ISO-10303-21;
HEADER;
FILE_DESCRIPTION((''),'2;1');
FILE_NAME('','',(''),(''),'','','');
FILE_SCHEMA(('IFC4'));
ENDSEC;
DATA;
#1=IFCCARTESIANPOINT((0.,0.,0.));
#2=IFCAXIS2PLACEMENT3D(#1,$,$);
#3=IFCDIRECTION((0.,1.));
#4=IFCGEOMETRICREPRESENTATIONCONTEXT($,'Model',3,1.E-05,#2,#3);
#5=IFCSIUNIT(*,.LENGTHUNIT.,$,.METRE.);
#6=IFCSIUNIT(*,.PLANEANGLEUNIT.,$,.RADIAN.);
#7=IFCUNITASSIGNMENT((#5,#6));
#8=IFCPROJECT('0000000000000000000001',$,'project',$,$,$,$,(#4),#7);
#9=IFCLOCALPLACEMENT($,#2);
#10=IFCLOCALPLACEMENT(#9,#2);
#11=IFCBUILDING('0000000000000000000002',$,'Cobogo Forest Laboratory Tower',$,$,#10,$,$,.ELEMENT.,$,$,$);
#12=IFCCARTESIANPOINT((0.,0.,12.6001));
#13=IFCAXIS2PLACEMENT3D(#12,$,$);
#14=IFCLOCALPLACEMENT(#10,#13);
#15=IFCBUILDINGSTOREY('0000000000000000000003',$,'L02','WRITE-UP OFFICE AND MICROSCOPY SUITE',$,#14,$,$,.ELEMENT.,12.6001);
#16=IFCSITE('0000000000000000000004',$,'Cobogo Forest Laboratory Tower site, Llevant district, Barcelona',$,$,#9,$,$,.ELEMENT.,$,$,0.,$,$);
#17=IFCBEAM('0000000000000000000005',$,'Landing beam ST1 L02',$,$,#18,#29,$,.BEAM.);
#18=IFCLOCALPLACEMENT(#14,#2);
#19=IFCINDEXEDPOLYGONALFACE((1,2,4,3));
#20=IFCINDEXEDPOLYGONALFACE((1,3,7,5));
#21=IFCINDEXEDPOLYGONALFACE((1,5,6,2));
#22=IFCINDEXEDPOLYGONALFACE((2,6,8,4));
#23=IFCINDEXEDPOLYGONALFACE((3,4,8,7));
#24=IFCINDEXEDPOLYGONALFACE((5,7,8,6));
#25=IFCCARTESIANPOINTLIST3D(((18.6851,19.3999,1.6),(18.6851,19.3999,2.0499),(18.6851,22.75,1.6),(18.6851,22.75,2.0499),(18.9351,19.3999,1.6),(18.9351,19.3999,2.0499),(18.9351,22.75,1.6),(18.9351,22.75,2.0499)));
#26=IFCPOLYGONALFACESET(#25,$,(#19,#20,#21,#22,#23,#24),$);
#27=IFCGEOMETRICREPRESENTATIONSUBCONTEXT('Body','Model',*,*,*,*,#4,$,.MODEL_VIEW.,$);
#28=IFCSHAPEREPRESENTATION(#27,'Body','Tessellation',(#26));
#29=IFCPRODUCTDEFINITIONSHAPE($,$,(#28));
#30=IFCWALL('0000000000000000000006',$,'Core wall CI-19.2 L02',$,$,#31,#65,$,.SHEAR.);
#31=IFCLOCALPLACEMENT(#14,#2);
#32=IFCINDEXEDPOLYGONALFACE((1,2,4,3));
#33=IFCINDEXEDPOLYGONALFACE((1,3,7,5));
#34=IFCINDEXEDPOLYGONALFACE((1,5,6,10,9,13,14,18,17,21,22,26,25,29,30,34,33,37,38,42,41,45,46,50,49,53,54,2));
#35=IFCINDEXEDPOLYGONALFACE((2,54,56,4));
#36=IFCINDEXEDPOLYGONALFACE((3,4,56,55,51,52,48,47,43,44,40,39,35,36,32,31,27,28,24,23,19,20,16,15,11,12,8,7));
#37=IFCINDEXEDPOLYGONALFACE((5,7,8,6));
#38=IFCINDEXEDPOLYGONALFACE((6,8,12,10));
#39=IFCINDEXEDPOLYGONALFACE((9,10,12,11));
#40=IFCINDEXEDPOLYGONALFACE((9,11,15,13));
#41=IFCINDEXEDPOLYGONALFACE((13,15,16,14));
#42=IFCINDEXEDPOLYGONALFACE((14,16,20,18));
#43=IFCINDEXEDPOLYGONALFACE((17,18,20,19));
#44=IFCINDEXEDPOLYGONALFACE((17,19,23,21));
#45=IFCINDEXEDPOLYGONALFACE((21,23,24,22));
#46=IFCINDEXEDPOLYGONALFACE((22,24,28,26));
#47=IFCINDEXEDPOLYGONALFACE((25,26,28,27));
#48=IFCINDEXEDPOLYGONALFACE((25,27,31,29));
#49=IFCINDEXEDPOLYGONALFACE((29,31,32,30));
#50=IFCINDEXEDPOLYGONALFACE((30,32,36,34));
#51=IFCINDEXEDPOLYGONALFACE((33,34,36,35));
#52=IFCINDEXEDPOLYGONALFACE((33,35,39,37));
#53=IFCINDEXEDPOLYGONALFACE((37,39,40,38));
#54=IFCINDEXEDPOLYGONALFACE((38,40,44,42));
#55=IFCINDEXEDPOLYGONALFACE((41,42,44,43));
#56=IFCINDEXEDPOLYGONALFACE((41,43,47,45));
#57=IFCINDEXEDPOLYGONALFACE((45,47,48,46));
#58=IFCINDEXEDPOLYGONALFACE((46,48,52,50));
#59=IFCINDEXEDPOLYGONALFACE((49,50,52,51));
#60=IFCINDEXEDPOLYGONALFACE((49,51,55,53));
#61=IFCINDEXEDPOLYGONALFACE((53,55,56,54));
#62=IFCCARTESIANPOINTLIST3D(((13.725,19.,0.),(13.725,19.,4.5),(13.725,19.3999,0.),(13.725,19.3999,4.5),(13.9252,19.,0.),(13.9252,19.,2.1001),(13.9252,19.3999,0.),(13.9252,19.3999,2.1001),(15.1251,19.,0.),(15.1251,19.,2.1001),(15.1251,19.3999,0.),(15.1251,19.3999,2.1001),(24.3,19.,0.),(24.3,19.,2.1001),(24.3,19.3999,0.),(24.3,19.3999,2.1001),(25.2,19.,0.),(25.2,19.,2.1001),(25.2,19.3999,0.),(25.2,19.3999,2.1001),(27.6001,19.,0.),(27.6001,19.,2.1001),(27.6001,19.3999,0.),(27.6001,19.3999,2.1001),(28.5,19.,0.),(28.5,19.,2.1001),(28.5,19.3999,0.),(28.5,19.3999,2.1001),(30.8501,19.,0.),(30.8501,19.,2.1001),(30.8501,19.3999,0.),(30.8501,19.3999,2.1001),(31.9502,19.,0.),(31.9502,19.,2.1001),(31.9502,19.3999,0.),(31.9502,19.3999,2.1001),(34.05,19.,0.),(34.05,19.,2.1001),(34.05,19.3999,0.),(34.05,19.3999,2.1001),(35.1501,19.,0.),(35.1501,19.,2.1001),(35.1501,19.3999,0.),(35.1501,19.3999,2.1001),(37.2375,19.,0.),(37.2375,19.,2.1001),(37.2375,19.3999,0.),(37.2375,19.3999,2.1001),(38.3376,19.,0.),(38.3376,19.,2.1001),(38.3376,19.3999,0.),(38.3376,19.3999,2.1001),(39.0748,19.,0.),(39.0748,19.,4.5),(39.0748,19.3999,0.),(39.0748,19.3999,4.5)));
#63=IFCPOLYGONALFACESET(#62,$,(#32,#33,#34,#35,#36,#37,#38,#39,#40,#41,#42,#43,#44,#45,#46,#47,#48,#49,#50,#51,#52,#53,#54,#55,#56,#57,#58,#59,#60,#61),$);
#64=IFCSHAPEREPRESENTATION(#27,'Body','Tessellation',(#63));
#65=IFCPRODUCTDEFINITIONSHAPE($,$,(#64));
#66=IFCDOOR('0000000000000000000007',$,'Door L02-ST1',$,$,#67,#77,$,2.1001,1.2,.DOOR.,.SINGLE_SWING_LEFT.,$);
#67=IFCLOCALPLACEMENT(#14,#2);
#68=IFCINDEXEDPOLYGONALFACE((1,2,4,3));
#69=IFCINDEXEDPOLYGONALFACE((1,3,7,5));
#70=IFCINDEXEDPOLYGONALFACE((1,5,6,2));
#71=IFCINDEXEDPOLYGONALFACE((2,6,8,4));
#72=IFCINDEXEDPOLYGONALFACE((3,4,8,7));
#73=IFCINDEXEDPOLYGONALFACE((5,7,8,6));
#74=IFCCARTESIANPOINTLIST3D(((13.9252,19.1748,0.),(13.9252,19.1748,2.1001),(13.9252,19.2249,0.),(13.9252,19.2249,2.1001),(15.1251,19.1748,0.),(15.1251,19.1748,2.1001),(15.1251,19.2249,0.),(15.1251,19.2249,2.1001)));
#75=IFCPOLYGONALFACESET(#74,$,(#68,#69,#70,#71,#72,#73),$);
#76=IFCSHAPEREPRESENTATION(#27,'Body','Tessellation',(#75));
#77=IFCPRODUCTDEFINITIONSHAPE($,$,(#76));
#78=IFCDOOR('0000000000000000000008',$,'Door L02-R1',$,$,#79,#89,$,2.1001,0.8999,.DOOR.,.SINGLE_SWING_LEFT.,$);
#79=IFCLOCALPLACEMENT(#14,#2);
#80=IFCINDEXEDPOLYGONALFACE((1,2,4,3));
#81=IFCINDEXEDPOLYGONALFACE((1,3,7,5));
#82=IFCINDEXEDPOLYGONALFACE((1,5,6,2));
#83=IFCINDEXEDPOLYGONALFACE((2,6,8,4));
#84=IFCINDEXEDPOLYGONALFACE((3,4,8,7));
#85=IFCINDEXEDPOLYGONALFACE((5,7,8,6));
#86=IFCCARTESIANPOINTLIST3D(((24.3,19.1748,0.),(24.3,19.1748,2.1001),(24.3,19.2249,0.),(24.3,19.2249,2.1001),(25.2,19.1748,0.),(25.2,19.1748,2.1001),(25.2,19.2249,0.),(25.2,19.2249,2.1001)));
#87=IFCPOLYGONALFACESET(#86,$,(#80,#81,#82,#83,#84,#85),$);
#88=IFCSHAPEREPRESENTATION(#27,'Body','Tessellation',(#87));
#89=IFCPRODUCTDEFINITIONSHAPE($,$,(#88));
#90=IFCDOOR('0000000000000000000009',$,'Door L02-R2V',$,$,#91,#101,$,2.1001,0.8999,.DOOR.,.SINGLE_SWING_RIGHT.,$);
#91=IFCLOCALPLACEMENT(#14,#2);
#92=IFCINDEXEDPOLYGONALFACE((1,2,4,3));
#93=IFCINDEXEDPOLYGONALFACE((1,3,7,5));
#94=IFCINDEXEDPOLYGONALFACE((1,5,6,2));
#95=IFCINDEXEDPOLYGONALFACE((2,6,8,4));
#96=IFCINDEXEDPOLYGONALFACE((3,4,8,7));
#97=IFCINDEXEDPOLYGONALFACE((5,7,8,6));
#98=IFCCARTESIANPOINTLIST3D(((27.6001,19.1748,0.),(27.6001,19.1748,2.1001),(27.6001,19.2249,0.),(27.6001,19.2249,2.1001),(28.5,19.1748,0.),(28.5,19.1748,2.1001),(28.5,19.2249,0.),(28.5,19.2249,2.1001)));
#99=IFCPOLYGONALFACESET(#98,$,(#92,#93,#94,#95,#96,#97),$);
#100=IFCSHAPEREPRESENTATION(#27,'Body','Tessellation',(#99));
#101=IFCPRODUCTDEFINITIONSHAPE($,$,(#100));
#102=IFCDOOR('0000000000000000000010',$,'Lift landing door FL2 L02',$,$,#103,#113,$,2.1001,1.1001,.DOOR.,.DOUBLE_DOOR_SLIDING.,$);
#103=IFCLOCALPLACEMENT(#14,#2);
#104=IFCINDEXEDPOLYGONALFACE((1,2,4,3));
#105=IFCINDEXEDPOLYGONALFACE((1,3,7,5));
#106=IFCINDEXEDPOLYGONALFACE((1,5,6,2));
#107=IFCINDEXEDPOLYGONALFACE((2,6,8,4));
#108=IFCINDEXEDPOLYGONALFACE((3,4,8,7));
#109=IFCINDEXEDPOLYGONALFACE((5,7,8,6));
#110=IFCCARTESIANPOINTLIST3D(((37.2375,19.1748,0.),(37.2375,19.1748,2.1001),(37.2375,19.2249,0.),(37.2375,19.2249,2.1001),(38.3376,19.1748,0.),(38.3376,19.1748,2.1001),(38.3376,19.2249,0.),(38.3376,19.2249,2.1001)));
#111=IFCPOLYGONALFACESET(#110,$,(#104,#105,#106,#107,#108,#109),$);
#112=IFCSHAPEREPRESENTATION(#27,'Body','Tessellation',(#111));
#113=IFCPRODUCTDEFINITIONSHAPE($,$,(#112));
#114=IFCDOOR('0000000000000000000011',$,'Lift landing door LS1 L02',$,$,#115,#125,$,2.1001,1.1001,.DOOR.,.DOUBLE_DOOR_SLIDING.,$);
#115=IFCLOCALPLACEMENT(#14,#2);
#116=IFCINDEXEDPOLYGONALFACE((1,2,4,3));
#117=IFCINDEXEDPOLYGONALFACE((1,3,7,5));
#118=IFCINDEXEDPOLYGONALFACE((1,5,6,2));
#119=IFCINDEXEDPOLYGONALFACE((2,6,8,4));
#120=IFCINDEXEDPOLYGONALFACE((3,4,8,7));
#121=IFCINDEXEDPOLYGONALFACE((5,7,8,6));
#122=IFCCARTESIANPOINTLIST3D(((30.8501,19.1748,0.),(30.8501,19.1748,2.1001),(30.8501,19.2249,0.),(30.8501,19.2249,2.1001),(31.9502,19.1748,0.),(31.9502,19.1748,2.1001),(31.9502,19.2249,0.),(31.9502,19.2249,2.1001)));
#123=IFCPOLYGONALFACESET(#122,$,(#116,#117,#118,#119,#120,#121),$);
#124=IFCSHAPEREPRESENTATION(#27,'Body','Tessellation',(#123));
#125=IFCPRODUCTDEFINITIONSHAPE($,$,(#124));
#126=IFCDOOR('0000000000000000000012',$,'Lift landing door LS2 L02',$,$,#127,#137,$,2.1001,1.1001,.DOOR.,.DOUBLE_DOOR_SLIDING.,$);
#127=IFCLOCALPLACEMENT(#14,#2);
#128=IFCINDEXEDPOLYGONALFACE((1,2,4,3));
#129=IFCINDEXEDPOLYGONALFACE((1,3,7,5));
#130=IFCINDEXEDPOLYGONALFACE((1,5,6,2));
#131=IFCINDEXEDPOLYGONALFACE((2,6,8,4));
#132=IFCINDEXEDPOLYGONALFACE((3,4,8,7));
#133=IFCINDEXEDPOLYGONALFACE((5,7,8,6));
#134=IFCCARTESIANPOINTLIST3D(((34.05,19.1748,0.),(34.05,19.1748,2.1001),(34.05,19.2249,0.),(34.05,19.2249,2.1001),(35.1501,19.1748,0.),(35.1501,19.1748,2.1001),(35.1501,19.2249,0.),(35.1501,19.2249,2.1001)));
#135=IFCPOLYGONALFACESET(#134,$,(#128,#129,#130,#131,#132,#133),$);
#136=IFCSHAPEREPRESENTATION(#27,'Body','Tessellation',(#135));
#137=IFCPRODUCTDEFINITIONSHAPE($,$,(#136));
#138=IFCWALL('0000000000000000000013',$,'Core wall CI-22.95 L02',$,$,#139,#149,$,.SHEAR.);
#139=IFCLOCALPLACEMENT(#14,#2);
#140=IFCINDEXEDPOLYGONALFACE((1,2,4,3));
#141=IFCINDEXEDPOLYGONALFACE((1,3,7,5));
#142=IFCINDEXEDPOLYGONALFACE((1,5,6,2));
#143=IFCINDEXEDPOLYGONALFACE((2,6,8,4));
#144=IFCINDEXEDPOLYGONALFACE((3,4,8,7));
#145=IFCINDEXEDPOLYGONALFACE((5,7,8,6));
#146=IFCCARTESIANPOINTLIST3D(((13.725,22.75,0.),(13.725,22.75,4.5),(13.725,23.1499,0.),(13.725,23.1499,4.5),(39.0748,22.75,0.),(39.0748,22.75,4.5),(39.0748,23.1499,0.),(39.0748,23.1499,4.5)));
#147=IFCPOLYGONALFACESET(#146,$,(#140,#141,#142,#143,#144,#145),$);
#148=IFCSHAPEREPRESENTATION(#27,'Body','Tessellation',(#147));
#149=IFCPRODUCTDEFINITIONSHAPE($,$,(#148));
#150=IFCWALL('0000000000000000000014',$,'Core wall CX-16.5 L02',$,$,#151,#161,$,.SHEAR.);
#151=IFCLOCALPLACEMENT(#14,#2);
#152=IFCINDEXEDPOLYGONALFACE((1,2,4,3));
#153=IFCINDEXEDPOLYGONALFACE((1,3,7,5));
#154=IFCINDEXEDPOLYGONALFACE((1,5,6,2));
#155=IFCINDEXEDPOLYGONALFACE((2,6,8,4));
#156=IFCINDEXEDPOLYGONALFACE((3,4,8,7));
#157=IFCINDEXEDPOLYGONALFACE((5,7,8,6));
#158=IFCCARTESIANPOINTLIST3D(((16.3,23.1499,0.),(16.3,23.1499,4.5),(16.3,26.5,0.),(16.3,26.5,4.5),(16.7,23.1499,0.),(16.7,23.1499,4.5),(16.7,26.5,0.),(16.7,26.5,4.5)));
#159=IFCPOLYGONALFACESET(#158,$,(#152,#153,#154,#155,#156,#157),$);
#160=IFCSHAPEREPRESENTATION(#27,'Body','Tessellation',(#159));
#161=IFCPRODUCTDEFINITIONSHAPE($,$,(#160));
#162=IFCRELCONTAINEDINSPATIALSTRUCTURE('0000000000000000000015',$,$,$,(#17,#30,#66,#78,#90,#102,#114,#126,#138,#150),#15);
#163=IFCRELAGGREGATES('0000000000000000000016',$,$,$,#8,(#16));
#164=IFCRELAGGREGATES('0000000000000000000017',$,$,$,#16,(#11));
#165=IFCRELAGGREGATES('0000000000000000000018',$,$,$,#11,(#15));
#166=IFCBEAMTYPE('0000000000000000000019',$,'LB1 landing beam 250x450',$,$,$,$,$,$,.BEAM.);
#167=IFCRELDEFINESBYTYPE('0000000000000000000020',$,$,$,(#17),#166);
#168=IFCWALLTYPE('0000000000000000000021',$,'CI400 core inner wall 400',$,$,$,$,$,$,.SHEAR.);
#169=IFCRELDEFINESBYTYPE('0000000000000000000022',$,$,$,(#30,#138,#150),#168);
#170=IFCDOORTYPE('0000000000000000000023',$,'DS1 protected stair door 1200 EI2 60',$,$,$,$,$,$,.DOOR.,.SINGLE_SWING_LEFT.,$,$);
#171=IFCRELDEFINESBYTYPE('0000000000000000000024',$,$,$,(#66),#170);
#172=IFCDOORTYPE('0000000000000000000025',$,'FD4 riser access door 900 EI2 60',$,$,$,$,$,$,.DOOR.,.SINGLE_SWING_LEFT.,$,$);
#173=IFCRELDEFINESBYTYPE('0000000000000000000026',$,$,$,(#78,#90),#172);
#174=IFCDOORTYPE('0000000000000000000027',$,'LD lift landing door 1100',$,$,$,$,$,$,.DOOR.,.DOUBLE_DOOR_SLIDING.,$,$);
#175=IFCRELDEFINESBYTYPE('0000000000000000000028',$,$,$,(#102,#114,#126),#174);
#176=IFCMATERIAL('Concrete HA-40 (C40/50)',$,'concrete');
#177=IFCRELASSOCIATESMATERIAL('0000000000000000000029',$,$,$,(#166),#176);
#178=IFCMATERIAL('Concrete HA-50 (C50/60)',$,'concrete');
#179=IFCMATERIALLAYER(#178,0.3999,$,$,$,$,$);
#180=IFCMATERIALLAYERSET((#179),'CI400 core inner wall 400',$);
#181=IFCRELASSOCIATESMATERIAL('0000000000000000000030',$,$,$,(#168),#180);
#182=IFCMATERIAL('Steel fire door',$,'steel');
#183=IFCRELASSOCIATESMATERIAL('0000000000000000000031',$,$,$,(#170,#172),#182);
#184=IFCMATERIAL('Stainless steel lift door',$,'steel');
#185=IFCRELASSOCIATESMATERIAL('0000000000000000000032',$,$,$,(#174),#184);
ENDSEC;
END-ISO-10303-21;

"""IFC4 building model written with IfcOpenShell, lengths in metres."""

from ifc_helpers import new_model, si_unit, direction, frame, frame_2d, origin, origin_2d, place, context, subcontext, project, spatial, rectangle, extrude, material, layer, layer_set, material_profile, profile_set, type_object, element, fill, save


model = new_model("IFC4")

# Units and contexts
model_context = context("Model", 3, precision=1e-05, world=origin(), true_north=direction((0.0, 1.0)))
body_context = subcontext(model_context, "Body", "Model", "MODEL_VIEW")
ifc_project = project(units=[si_unit("LENGTHUNIT", "METRE"), si_unit("PLANEANGLEUNIT", "RADIAN")], contexts=[model_context])

# Site, building, storey
site_placement = place(None, origin())
site = spatial("IfcSite", under=ifc_project, at=site_placement, Name="Cobogo Forest Laboratory Tower site, Llevant district, Barcelona", CompositionType="ELEMENT", RefElevation=0.0)
building_placement = place(site_placement, origin())
building = spatial("IfcBuilding", under=site, at=building_placement, Name="Cobogo Forest Laboratory Tower", CompositionType="ELEMENT")
storey_placement = place(building_placement, frame((0.0, 0.0, 12.6001)))
storey = spatial("IfcBuildingStorey", under=building, at=storey_placement, Name="L02", Description="WRITE-UP OFFICE AND MICROSCOPY SUITE", CompositionType="ELEMENT", Elevation=12.6001)

# Beam
ifc_material_1 = material(Name="Concrete HA-40 (C40/50)", Category="concrete")
ifc_material_profile = material_profile(ifc_material_1, rectangle(XDim=0.25, YDim=0.45, at=origin_2d()), Name="RC 250x450")
ifc_profile_set = profile_set([ifc_material_profile], Name="Concrete HA-40 (C40/50)")
beam_type = type_object("IfcBeamType", Name="LB1 landing beam 250x450", PredefinedType="BEAM", material=ifc_profile_set)
beam_placement = place(storey_placement, frame((18.8101, 19.3999, 1.825), z_axis=(0.0, 1.0, 0.0), x_axis=(-1.0, 0.0, 0.0)))
element("IfcBeam", 1, at=beam_placement, inside=storey, type_object=beam_type, Name="Landing beam ST1 L02", PredefinedType="BEAM", context=body_context, shape_type="SweptSolid", body=[
    extrude(rectangle(XDim=0.25, YDim=0.45, at=origin_2d()), origin(), (0.0, 0.0, 1.0), 3.3501),
])

# Wall, openings, doors
ifc_material_2 = material(Name="Concrete HA-50 (C50/60)", Category="concrete")
ifc_layer_1 = layer(ifc_material_2, 0.3999)
ifc_layer_set_1 = layer_set([ifc_layer_1], Name="CI400 core inner wall 400")
wall_type_1 = type_object("IfcWallType", Name="CI400 core inner wall 400", PredefinedType="SHEAR", material=ifc_layer_set_1)
wall_1_placement = place(storey_placement, frame((13.7251, 19.2, 0.0), z_axis=(0.0, 0.0, 1.0), x_axis=(1.0, 0.0, 0.0)))
wall_1 = element("IfcWall", 2, at=wall_1_placement, inside=storey, type_object=wall_type_1, Name="Core wall CI-19.2 L02", PredefinedType="SHEAR", context=body_context, shape_type="SweptSolid", body=[
    extrude(rectangle(XDim=25.3499, YDim=0.3999, at=frame_2d((12.6748, 0.0))), origin(), (0.0, 0.0, 1.0), 4.5),
])
opening_1_placement = place(wall_1_placement, frame((10.575, 0.0, 0.0)))
opening_1 = element("IfcOpeningElement", 3, at=opening_1_placement, cuts=wall_1, PredefinedType="OPENING", context=body_context, shape_type="SweptSolid", body=[
    extrude(rectangle(XDim=0.8999, YDim=2.1001, at=frame_2d((0.45, 1.05))), frame((0.0, 0.21, 0.0), z_axis=(0.0, -1.0, 0.0), x_axis=(1.0, 0.0, 0.0)), (0.0, 0.0, 1.0), 0.4199),
])
opening_2_placement = place(wall_1_placement, frame((13.875, 0.0, 0.0)))
opening_2 = element("IfcOpeningElement", 4, at=opening_2_placement, cuts=wall_1, PredefinedType="OPENING", context=body_context, shape_type="SweptSolid", body=[
    extrude(rectangle(XDim=0.8999, YDim=2.1001, at=frame_2d((0.45, 1.05))), frame((0.0, 0.21, 0.0), z_axis=(0.0, -1.0, 0.0), x_axis=(1.0, 0.0, 0.0)), (0.0, 0.0, 1.0), 0.4199),
])
opening_3_placement = place(wall_1_placement, frame((0.2, 0.0, 0.0)))
opening_3 = element("IfcOpeningElement", 5, at=opening_3_placement, cuts=wall_1, PredefinedType="OPENING", context=body_context, shape_type="SweptSolid", body=[
    extrude(rectangle(XDim=1.2, YDim=2.1001, at=frame_2d((0.6001, 1.05))), frame((0.0, 0.21, 0.0), z_axis=(0.0, -1.0, 0.0), x_axis=(1.0, 0.0, 0.0)), (0.0, 0.0, 1.0), 0.4199),
])
opening_4_placement = place(wall_1_placement, frame((23.5125, 0.0, 0.0)))
opening_4 = element("IfcOpeningElement", 6, at=opening_4_placement, cuts=wall_1, PredefinedType="OPENING", context=body_context, shape_type="SweptSolid", body=[
    extrude(rectangle(XDim=1.1001, YDim=2.1001, at=frame_2d((0.55, 1.05))), frame((0.0, 0.21, 0.0), z_axis=(0.0, -1.0, 0.0), x_axis=(1.0, 0.0, 0.0)), (0.0, 0.0, 1.0), 0.4199),
])
opening_5_placement = place(wall_1_placement, frame((17.125, 0.0, 0.0)))
opening_5 = element("IfcOpeningElement", 7, at=opening_5_placement, cuts=wall_1, PredefinedType="OPENING", context=body_context, shape_type="SweptSolid", body=[
    extrude(rectangle(XDim=1.1001, YDim=2.1001, at=frame_2d((0.55, 1.05))), frame((0.0, 0.21, 0.0), z_axis=(0.0, -1.0, 0.0), x_axis=(1.0, 0.0, 0.0)), (0.0, 0.0, 1.0), 0.4199),
])
opening_6_placement = place(wall_1_placement, frame((20.325, 0.0, 0.0)))
opening_6 = element("IfcOpeningElement", 8, at=opening_6_placement, cuts=wall_1, PredefinedType="OPENING", context=body_context, shape_type="SweptSolid", body=[
    extrude(rectangle(XDim=1.1001, YDim=2.1001, at=frame_2d((0.55, 1.05))), frame((0.0, 0.21, 0.0), z_axis=(0.0, -1.0, 0.0), x_axis=(1.0, 0.0, 0.0)), (0.0, 0.0, 1.0), 0.4199),
])
ifc_material_3 = material(Name="Steel fire door", Category="steel")
door_type_1 = type_object("IfcDoorType", Name="DS1 protected stair door 1200 EI2 60", OperationType="SINGLE_SWING_LEFT", PredefinedType="DOOR", material=ifc_material_3)
door_1_placement = place(opening_3_placement, origin())
door_1 = element("IfcDoor", 9, at=door_1_placement, inside=storey, type_object=door_type_1, Name="Door L02-ST1", OperationType="SINGLE_SWING_LEFT", OverallHeight=2.1001, OverallWidth=1.2, PredefinedType="DOOR", context=body_context, shape_type="SweptSolid", body=[
    extrude(rectangle(XDim=1.2, YDim=2.1001, at=frame_2d((0.6001, 1.05))), frame((0.0, 0.0249, 0.0), z_axis=(0.0, -1.0, 0.0), x_axis=(1.0, 0.0, 0.0)), (0.0, 0.0, 1.0), 0.05),
])
fill(opening_3, door_1)
door_type_2 = type_object("IfcDoorType", Name="FD4 riser access door 900 EI2 60", OperationType="SINGLE_SWING_LEFT", PredefinedType="DOOR", material=ifc_material_3)
door_2_placement = place(opening_1_placement, origin())
door_2 = element("IfcDoor", 10, at=door_2_placement, inside=storey, type_object=door_type_2, Name="Door L02-R1", OperationType="SINGLE_SWING_LEFT", OverallHeight=2.1001, OverallWidth=0.8999, PredefinedType="DOOR", context=body_context, shape_type="SweptSolid", body=[
    extrude(rectangle(XDim=0.8999, YDim=2.1001, at=frame_2d((0.45, 1.05))), frame((0.0, 0.0249, 0.0), z_axis=(0.0, -1.0, 0.0), x_axis=(1.0, 0.0, 0.0)), (0.0, 0.0, 1.0), 0.05),
])
fill(opening_1, door_2)
door_3_placement = place(opening_2_placement, origin())
door_3 = element("IfcDoor", 11, at=door_3_placement, inside=storey, type_object=door_type_2, Name="Door L02-R2V", OperationType="SINGLE_SWING_RIGHT", OverallHeight=2.1001, OverallWidth=0.8999, PredefinedType="DOOR", context=body_context, shape_type="SweptSolid", body=[
    extrude(rectangle(XDim=0.8999, YDim=2.1001, at=frame_2d((0.45, 1.05))), frame((0.0, 0.0249, 0.0), z_axis=(0.0, -1.0, 0.0), x_axis=(1.0, 0.0, 0.0)), (0.0, 0.0, 1.0), 0.05),
])
fill(opening_2, door_3)
ifc_material_4 = material(Name="Stainless steel lift door", Category="steel")
door_type_3 = type_object("IfcDoorType", Name="LD lift landing door 1100", OperationType="DOUBLE_DOOR_SLIDING", PredefinedType="DOOR", material=ifc_material_4)
door_4_placement = place(opening_4_placement, origin())
door_4 = element("IfcDoor", 12, at=door_4_placement, inside=storey, type_object=door_type_3, Name="Lift landing door FL2 L02", OperationType="DOUBLE_DOOR_SLIDING", OverallHeight=2.1001, OverallWidth=1.1001, PredefinedType="DOOR", context=body_context, shape_type="SweptSolid", body=[
    extrude(rectangle(XDim=1.1001, YDim=2.1001, at=frame_2d((0.55, 1.05))), frame((0.0, 0.0249, 0.0), z_axis=(0.0, -1.0, 0.0), x_axis=(1.0, 0.0, 0.0)), (0.0, 0.0, 1.0), 0.05),
])
fill(opening_4, door_4)
door_5_placement = place(opening_5_placement, origin())
door_5 = element("IfcDoor", 13, at=door_5_placement, inside=storey, type_object=door_type_3, Name="Lift landing door LS1 L02", OperationType="DOUBLE_DOOR_SLIDING", OverallHeight=2.1001, OverallWidth=1.1001, PredefinedType="DOOR", context=body_context, shape_type="SweptSolid", body=[
    extrude(rectangle(XDim=1.1001, YDim=2.1001, at=frame_2d((0.55, 1.05))), frame((0.0, 0.0249, 0.0), z_axis=(0.0, -1.0, 0.0), x_axis=(1.0, 0.0, 0.0)), (0.0, 0.0, 1.0), 0.05),
])
fill(opening_5, door_5)
door_6_placement = place(opening_6_placement, origin())
door_6 = element("IfcDoor", 14, at=door_6_placement, inside=storey, type_object=door_type_3, Name="Lift landing door LS2 L02", OperationType="DOUBLE_DOOR_SLIDING", OverallHeight=2.1001, OverallWidth=1.1001, PredefinedType="DOOR", context=body_context, shape_type="SweptSolid", body=[
    extrude(rectangle(XDim=1.1001, YDim=2.1001, at=frame_2d((0.55, 1.05))), frame((0.0, 0.0249, 0.0), z_axis=(0.0, -1.0, 0.0), x_axis=(1.0, 0.0, 0.0)), (0.0, 0.0, 1.0), 0.05),
])
fill(opening_6, door_6)

# Walls
wall_2_placement = place(storey_placement, frame((13.7251, 22.95, 0.0), z_axis=(0.0, 0.0, 1.0), x_axis=(1.0, 0.0, 0.0)))
element("IfcWall", 15, at=wall_2_placement, inside=storey, type_object=wall_type_1, Name="Core wall CI-22.95 L02", PredefinedType="SHEAR", context=body_context, shape_type="SweptSolid", body=[
    extrude(rectangle(XDim=25.3499, YDim=0.3999, at=frame_2d((12.6748, 0.0))), origin(), (0.0, 0.0, 1.0), 4.5),
])
wall_3_placement = place(storey_placement, frame((16.5, 23.1499, 0.0), z_axis=(0.0, 0.0, 1.0), x_axis=(0.0, 1.0, 0.0)))
element("IfcWall", 16, at=wall_3_placement, inside=storey, type_object=wall_type_1, Name="Core wall CX-16.5 L02", PredefinedType="SHEAR", context=body_context, shape_type="SweptSolid", body=[
    extrude(rectangle(XDim=3.3501, YDim=0.3999, at=frame_2d((1.675, 0.0))), origin(), (0.0, 0.0, 1.0), 4.5),
])

save(model, "model.ifc")
